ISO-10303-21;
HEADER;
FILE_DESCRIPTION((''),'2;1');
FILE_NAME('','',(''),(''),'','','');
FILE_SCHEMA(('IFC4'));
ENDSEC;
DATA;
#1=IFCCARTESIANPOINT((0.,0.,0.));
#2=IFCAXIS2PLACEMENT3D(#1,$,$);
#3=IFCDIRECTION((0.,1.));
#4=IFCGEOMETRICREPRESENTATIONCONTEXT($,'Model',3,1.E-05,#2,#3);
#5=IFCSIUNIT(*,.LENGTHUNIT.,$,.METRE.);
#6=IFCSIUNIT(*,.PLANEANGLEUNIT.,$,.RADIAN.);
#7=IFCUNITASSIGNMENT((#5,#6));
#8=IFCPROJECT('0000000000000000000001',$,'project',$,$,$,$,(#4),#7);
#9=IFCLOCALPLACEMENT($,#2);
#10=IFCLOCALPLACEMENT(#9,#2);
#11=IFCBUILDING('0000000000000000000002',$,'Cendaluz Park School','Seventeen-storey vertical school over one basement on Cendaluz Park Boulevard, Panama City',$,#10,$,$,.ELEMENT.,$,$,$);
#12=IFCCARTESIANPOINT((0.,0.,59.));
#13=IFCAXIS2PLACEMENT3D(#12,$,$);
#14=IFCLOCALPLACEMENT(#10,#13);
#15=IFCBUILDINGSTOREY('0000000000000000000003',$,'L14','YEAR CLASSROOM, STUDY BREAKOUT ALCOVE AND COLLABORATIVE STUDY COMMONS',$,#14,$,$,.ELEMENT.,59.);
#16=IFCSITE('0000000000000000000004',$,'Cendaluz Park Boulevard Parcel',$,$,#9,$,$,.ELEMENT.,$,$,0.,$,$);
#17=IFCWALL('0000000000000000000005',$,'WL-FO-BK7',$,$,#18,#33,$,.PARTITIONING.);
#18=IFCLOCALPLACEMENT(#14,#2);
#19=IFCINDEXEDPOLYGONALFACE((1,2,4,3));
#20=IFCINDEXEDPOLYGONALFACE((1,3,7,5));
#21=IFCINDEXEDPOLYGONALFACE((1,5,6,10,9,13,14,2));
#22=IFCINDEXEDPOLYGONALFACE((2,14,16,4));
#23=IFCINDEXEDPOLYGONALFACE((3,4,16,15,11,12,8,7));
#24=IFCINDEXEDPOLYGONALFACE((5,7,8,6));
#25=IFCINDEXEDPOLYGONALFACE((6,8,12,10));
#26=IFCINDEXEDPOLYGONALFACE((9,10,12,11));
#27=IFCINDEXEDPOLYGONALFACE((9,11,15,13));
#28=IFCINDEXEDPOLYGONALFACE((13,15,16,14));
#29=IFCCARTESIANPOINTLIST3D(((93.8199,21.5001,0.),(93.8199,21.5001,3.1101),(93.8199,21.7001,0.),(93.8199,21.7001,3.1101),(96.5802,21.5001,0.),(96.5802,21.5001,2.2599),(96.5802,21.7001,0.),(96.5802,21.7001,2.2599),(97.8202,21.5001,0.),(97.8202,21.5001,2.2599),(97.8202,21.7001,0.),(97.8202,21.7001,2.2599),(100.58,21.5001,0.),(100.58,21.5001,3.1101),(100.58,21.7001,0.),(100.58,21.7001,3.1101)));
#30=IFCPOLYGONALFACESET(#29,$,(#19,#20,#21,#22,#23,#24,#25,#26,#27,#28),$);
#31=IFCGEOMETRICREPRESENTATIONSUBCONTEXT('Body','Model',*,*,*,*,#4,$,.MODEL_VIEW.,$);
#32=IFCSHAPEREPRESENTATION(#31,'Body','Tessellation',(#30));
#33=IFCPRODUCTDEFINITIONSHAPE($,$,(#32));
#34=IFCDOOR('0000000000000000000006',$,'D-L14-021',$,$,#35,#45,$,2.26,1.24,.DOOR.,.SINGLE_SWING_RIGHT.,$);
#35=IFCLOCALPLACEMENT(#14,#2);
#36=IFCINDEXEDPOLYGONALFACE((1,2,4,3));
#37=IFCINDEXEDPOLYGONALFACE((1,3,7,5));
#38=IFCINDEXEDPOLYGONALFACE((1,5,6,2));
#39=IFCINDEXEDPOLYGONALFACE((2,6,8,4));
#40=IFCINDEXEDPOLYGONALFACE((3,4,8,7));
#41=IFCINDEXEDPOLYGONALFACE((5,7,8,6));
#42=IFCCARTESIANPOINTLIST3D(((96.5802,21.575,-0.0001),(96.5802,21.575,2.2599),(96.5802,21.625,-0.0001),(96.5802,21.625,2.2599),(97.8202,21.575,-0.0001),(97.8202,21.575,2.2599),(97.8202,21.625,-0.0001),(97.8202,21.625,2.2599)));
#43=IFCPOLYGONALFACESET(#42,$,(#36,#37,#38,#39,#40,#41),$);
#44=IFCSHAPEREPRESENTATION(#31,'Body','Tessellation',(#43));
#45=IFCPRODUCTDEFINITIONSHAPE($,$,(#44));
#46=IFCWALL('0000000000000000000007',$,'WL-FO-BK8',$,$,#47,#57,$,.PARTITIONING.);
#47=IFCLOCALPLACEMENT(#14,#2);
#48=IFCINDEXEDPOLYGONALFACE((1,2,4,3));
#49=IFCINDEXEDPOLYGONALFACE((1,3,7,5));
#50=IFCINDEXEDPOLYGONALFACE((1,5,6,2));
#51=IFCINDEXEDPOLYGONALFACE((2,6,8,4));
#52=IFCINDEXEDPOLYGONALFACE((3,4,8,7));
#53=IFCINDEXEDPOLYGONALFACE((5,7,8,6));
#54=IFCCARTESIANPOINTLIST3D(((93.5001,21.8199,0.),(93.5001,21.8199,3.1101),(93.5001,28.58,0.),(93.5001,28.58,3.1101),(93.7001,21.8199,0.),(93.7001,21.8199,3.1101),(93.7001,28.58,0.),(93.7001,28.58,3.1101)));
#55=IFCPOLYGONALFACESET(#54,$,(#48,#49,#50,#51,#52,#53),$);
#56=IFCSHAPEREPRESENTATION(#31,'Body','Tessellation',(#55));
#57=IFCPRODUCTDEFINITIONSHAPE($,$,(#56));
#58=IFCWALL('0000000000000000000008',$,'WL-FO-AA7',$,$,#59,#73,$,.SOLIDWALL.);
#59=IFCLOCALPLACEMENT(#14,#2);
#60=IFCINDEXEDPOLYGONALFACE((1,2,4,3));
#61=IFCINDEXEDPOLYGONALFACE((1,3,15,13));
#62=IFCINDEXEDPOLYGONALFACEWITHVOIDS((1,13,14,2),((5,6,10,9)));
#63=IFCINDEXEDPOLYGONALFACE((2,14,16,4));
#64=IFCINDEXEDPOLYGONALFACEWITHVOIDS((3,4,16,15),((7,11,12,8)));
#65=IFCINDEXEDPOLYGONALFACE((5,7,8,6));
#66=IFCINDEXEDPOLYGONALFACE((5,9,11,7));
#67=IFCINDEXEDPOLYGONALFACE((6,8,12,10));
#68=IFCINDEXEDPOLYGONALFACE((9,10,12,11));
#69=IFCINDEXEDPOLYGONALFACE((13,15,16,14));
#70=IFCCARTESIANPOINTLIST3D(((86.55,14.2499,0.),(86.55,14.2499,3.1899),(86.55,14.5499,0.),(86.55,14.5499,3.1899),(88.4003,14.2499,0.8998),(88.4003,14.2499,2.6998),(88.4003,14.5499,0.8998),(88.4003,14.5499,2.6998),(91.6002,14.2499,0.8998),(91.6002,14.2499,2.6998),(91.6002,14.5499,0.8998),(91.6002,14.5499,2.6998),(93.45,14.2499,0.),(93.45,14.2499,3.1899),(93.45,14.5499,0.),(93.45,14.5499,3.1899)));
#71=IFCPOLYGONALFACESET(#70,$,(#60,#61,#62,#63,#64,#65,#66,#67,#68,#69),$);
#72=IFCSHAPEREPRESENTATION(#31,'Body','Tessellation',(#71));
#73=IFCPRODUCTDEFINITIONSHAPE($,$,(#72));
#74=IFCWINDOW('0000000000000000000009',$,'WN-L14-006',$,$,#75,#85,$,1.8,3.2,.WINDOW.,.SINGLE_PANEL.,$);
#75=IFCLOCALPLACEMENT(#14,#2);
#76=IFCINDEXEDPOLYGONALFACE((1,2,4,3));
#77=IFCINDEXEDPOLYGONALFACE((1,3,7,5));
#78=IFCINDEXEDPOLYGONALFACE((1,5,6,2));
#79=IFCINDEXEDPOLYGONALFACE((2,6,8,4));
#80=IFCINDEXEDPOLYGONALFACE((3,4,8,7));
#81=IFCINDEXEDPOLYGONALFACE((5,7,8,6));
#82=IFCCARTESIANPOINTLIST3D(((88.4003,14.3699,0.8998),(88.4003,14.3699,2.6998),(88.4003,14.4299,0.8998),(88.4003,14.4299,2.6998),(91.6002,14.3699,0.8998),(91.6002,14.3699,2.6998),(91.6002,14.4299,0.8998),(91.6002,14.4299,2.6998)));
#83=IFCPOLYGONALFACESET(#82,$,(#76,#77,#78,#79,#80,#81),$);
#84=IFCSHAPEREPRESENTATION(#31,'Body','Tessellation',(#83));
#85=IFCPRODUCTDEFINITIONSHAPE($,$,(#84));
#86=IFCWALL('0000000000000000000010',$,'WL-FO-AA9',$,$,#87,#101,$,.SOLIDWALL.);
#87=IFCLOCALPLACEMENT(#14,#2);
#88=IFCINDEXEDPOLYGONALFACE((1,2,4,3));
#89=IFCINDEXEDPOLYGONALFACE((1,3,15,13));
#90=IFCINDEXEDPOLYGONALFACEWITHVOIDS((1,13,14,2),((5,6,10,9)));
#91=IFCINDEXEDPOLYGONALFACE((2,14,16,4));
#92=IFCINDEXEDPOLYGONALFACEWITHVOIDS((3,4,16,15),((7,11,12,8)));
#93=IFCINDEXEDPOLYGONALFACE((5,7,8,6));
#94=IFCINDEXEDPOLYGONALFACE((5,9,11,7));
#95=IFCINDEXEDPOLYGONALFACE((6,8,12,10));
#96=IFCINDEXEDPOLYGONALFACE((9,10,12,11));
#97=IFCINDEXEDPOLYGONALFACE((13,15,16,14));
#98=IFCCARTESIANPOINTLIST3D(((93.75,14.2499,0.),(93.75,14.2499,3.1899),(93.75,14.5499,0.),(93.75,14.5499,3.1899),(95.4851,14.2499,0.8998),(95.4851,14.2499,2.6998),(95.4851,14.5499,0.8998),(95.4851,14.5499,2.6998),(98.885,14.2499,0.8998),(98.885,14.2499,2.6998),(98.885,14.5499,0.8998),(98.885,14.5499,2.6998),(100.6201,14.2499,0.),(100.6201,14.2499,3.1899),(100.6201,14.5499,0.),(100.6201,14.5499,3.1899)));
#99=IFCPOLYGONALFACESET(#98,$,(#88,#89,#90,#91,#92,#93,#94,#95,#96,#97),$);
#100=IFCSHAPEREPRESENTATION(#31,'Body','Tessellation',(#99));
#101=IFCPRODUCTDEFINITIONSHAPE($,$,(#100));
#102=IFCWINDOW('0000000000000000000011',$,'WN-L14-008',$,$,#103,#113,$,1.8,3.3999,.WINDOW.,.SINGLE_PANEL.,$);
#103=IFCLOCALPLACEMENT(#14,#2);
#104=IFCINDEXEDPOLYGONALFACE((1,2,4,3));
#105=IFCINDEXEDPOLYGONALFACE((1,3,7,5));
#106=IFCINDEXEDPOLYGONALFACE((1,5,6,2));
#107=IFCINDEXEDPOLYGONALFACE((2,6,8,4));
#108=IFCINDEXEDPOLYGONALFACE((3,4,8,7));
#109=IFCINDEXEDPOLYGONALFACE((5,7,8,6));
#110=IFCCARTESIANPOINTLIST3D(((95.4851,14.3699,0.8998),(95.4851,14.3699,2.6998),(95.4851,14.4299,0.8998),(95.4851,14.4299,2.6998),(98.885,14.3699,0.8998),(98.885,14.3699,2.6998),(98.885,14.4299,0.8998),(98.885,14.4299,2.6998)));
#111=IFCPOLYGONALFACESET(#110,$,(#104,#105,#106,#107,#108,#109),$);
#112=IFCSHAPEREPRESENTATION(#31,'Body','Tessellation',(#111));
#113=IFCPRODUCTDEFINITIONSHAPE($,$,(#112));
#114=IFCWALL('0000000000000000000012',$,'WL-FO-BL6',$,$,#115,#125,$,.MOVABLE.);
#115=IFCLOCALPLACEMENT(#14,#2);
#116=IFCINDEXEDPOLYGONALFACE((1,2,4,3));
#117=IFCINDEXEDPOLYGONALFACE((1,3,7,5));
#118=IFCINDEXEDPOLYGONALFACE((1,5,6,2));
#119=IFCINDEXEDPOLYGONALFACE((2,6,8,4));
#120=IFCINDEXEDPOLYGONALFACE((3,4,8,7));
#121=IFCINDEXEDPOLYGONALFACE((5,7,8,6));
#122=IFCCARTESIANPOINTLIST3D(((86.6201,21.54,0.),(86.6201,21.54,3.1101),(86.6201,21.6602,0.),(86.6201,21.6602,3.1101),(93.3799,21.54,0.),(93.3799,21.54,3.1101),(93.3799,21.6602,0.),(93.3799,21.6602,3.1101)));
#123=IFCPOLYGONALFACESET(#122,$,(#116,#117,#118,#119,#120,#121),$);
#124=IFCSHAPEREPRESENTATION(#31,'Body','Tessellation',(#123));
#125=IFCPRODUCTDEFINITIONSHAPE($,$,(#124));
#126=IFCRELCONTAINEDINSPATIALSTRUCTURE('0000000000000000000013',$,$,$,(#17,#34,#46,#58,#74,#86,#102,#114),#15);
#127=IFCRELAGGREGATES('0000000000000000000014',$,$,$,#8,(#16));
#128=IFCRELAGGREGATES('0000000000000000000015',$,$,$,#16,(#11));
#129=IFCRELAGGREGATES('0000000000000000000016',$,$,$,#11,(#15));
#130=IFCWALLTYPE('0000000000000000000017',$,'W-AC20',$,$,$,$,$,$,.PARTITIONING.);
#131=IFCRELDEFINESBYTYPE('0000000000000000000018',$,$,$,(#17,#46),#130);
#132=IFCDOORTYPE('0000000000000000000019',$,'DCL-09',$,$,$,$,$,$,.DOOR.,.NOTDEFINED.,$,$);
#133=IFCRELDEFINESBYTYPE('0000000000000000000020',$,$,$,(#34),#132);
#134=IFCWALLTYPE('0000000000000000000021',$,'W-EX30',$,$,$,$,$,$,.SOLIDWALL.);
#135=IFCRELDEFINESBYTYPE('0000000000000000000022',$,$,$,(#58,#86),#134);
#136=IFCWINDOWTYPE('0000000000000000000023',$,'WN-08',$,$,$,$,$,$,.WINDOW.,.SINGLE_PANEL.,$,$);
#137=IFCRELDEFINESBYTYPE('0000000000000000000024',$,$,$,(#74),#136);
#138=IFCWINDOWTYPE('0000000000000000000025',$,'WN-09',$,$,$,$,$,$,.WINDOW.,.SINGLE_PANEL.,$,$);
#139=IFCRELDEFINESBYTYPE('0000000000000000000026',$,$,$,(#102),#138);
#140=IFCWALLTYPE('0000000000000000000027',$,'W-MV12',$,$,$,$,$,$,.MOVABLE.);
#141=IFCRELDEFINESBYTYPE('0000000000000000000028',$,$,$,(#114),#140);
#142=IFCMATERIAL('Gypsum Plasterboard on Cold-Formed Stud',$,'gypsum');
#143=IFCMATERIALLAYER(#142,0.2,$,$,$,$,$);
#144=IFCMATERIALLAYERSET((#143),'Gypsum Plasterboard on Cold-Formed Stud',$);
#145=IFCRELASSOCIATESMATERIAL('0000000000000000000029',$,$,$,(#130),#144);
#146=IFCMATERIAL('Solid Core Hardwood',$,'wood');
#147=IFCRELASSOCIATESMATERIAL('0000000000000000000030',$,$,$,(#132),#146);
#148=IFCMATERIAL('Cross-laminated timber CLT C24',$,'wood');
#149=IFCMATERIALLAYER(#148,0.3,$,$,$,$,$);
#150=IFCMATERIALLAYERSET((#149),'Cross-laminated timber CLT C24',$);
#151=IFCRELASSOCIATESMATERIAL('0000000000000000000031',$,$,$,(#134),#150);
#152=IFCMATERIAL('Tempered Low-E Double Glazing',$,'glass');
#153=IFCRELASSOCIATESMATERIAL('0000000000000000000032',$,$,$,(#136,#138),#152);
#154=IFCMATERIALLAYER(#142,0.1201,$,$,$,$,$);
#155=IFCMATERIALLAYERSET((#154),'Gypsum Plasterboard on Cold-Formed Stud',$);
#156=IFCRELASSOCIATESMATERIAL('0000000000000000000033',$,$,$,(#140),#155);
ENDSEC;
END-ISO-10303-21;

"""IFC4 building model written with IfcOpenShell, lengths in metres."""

from ifc_helpers import new_model, si_unit, direction, frame, frame_2d, origin, place, context, subcontext, project, spatial, rectangle, extrude, material, layer, layer_set, type_object, element, fill, save


model = new_model("IFC4")

# Units and contexts
model_context = context("Model", 3, precision=1e-05, world=origin(), true_north=direction((0.0, 1.0)))
body_context = subcontext(model_context, "Body", "Model", "MODEL_VIEW")
ifc_project = project(units=[si_unit("LENGTHUNIT", "METRE"), si_unit("PLANEANGLEUNIT", "RADIAN")], contexts=[model_context])

# Site, building, storey
site_placement = place(None, origin())
site = spatial("IfcSite", under=ifc_project, at=site_placement, Name="Cendaluz Park Boulevard Parcel", CompositionType="ELEMENT", RefElevation=0.0)
building_placement = place(site_placement, origin())
building = spatial("IfcBuilding", under=site, at=building_placement, Name="Cendaluz Park School", Description="Seventeen-storey vertical school over one basement on Cendaluz Park Boulevard, Panama City", CompositionType="ELEMENT")
storey_placement = place(building_placement, frame((0.0, 0.0, 59.0)))
storey = spatial("IfcBuildingStorey", under=building, at=storey_placement, Name="L14", Description="YEAR CLASSROOM, STUDY BREAKOUT ALCOVE AND COLLABORATIVE STUDY COMMONS", CompositionType="ELEMENT", Elevation=59.0)

# Wall, opening, door
ifc_material_1 = material(Name="Gypsum Plasterboard on Cold-Formed Stud", Category="gypsum")
ifc_layer_1 = layer(ifc_material_1, 0.2)
ifc_layer_set_1 = layer_set([ifc_layer_1], Name="Gypsum Plasterboard on Cold-Formed Stud")
wall_type_1 = type_object("IfcWallType", Name="W-AC20", PredefinedType="PARTITIONING", material=ifc_layer_set_1)
wall_1_placement = place(storey_placement, frame((93.8201, 21.6001, 0.0), z_axis=(0.0, 0.0, 1.0), x_axis=(1.0, 0.0, 0.0)))
wall_1 = element("IfcWall", 1, at=wall_1_placement, inside=storey, type_object=wall_type_1, Name="WL-FO-BK7", PredefinedType="PARTITIONING", context=body_context, shape_type="SweptSolid", body=[
    extrude(rectangle(XDim=6.76, YDim=0.2, at=frame_2d((3.3799, 0.0))), origin(), (0.0, 0.0, 1.0), 3.1101),
])
opening_1_placement = place(wall_1_placement, frame((2.76, 0.0, 0.0)))
opening_1 = element("IfcOpeningElement", 2, at=opening_1_placement, cuts=wall_1, PredefinedType="OPENING", context=body_context, shape_type="SweptSolid", body=[
    extrude(rectangle(XDim=1.24, YDim=2.26, at=frame_2d((0.6201, 1.1299))), frame((0.0, 0.1121, 0.0), z_axis=(0.0, -1.0, 0.0), x_axis=(1.0, 0.0, 0.0)), (0.0, 0.0, 1.0), 0.2239),
])
ifc_material_2 = material(Name="Solid Core Hardwood", Category="wood")
door_type = type_object("IfcDoorType", Name="DCL-09", OperationType="NOTDEFINED", PredefinedType="DOOR", material=ifc_material_2)
door_placement = place(opening_1_placement, origin())
door = element("IfcDoor", 3, at=door_placement, inside=storey, type_object=door_type, Name="D-L14-021", OperationType="SINGLE_SWING_RIGHT", OverallHeight=2.26, OverallWidth=1.24, PredefinedType="DOOR", context=body_context, shape_type="SweptSolid", body=[
    extrude(rectangle(XDim=1.24, YDim=2.26, at=frame_2d((0.6201, 1.1299))), frame((0.0, 0.0249, 0.0), z_axis=(0.0, -1.0, 0.0), x_axis=(1.0, 0.0, 0.0)), (0.0, 0.0, 1.0), 0.05),
])
fill(opening_1, door)

# Wall
wall_2_placement = place(storey_placement, frame((93.6001, 21.8201, 0.0), z_axis=(0.0, 0.0, 1.0), x_axis=(0.0, 1.0, 0.0)))
element("IfcWall", 4, at=wall_2_placement, inside=storey, type_object=wall_type_1, Name="WL-FO-BK8", PredefinedType="PARTITIONING", context=body_context, shape_type="SweptSolid", body=[
    extrude(rectangle(XDim=6.76, YDim=0.2, at=frame_2d((3.3799, 0.0))), origin(), (0.0, 0.0, 1.0), 3.1101),
])

# Walls, openings, windows
ifc_material_3 = material(Name="Cross-laminated timber CLT C24", Category="wood")
ifc_layer_2 = layer(ifc_material_3, 0.3)
ifc_layer_set_2 = layer_set([ifc_layer_2], Name="Cross-laminated timber CLT C24")
wall_type_2 = type_object("IfcWallType", Name="W-EX30", PredefinedType="SOLIDWALL", material=ifc_layer_set_2)
wall_3_placement = place(storey_placement, frame((86.55, 14.3999, 0.0), z_axis=(0.0, 0.0, 1.0), x_axis=(1.0, 0.0, 0.0)))
wall_3 = element("IfcWall", 5, at=wall_3_placement, inside=storey, type_object=wall_type_2, Name="WL-FO-AA7", PredefinedType="SOLIDWALL", context=body_context, shape_type="SweptSolid", body=[
    extrude(rectangle(XDim=6.8999, YDim=0.3, at=frame_2d((3.45, 0.0))), origin(), (0.0, 0.0, 1.0), 3.1899),
])
opening_2_placement = place(wall_3_placement, frame((1.8501, 0.0, 0.8999)))
opening_2 = element("IfcOpeningElement", 6, at=opening_2_placement, cuts=wall_3, PredefinedType="OPENING", context=body_context, shape_type="SweptSolid", body=[
    extrude(rectangle(XDim=3.2, YDim=1.8, at=frame_2d((1.6001, 0.8999))), frame((0.0, 0.1621, 0.0), z_axis=(0.0, -1.0, 0.0), x_axis=(1.0, 0.0, 0.0)), (0.0, 0.0, 1.0), 0.324),
])
ifc_material_4 = material(Name="Tempered Low-E Double Glazing", Category="glass")
window_type_1 = type_object("IfcWindowType", Name="WN-08", PartitioningType="SINGLE_PANEL", PredefinedType="WINDOW", material=ifc_material_4)
window_1_placement = place(opening_2_placement, origin())
window_1 = element("IfcWindow", 7, at=window_1_placement, inside=storey, type_object=window_type_1, Name="WN-L14-006", OverallHeight=1.8, OverallWidth=3.2, PartitioningType="SINGLE_PANEL", PredefinedType="WINDOW", context=body_context, shape_type="SweptSolid", body=[
    extrude(rectangle(XDim=3.2, YDim=1.8, at=frame_2d((1.6001, 0.8999))), frame((0.0, 0.03, 0.0), z_axis=(0.0, -1.0, 0.0), x_axis=(1.0, 0.0, 0.0)), (0.0, 0.0, 1.0), 0.0601),
])
fill(opening_2, window_1)
wall_4_placement = place(storey_placement, frame((93.75, 14.3999, 0.0), z_axis=(0.0, 0.0, 1.0), x_axis=(1.0, 0.0, 0.0)))
wall_4 = element("IfcWall", 8, at=wall_4_placement, inside=storey, type_object=wall_type_2, Name="WL-FO-AA9", PredefinedType="SOLIDWALL", context=body_context, shape_type="SweptSolid", body=[
    extrude(rectangle(XDim=6.8701, YDim=0.3, at=frame_2d((3.4351, 0.0))), origin(), (0.0, 0.0, 1.0), 3.1899),
])
opening_3_placement = place(wall_4_placement, frame((1.7351, 0.0, 0.8999)))
opening_3 = element("IfcOpeningElement", 9, at=opening_3_placement, cuts=wall_4, PredefinedType="OPENING", context=body_context, shape_type="SweptSolid", body=[
    extrude(rectangle(XDim=3.3999, YDim=1.8, at=frame_2d((1.7, 0.8999))), frame((0.0, 0.1621, 0.0), z_axis=(0.0, -1.0, 0.0), x_axis=(1.0, 0.0, 0.0)), (0.0, 0.0, 1.0), 0.324),
])
window_type_2 = type_object("IfcWindowType", Name="WN-09", PartitioningType="SINGLE_PANEL", PredefinedType="WINDOW", material=ifc_material_4)
window_2_placement = place(opening_3_placement, origin())
window_2 = element("IfcWindow", 10, at=window_2_placement, inside=storey, type_object=window_type_2, Name="WN-L14-008", OverallHeight=1.8, OverallWidth=3.3999, PartitioningType="SINGLE_PANEL", PredefinedType="WINDOW", context=body_context, shape_type="SweptSolid", body=[
    extrude(rectangle(XDim=3.3999, YDim=1.8, at=frame_2d((1.7, 0.8999))), frame((0.0, 0.03, 0.0), z_axis=(0.0, -1.0, 0.0), x_axis=(1.0, 0.0, 0.0)), (0.0, 0.0, 1.0), 0.0601),
])
fill(opening_3, window_2)

# Wall
ifc_layer_3 = layer(ifc_material_1, 0.1201)
ifc_layer_set_3 = layer_set([ifc_layer_3], Name="Gypsum Plasterboard on Cold-Formed Stud")
wall_type_3 = type_object("IfcWallType", Name="W-MV12", PredefinedType="MOVABLE", material=ifc_layer_set_3)
wall_5_placement = place(storey_placement, frame((86.6201, 21.6001, 0.0), z_axis=(0.0, 0.0, 1.0), x_axis=(1.0, 0.0, 0.0)))
element("IfcWall", 11, at=wall_5_placement, inside=storey, type_object=wall_type_3, Name="WL-FO-BL6", PredefinedType="MOVABLE", context=body_context, shape_type="SweptSolid", body=[
    extrude(rectangle(XDim=6.7598, YDim=0.1201, at=frame_2d((3.3799, 0.0))), origin(), (0.0, 0.0, 1.0), 3.1101),
])

save(model, "model.ifc")
